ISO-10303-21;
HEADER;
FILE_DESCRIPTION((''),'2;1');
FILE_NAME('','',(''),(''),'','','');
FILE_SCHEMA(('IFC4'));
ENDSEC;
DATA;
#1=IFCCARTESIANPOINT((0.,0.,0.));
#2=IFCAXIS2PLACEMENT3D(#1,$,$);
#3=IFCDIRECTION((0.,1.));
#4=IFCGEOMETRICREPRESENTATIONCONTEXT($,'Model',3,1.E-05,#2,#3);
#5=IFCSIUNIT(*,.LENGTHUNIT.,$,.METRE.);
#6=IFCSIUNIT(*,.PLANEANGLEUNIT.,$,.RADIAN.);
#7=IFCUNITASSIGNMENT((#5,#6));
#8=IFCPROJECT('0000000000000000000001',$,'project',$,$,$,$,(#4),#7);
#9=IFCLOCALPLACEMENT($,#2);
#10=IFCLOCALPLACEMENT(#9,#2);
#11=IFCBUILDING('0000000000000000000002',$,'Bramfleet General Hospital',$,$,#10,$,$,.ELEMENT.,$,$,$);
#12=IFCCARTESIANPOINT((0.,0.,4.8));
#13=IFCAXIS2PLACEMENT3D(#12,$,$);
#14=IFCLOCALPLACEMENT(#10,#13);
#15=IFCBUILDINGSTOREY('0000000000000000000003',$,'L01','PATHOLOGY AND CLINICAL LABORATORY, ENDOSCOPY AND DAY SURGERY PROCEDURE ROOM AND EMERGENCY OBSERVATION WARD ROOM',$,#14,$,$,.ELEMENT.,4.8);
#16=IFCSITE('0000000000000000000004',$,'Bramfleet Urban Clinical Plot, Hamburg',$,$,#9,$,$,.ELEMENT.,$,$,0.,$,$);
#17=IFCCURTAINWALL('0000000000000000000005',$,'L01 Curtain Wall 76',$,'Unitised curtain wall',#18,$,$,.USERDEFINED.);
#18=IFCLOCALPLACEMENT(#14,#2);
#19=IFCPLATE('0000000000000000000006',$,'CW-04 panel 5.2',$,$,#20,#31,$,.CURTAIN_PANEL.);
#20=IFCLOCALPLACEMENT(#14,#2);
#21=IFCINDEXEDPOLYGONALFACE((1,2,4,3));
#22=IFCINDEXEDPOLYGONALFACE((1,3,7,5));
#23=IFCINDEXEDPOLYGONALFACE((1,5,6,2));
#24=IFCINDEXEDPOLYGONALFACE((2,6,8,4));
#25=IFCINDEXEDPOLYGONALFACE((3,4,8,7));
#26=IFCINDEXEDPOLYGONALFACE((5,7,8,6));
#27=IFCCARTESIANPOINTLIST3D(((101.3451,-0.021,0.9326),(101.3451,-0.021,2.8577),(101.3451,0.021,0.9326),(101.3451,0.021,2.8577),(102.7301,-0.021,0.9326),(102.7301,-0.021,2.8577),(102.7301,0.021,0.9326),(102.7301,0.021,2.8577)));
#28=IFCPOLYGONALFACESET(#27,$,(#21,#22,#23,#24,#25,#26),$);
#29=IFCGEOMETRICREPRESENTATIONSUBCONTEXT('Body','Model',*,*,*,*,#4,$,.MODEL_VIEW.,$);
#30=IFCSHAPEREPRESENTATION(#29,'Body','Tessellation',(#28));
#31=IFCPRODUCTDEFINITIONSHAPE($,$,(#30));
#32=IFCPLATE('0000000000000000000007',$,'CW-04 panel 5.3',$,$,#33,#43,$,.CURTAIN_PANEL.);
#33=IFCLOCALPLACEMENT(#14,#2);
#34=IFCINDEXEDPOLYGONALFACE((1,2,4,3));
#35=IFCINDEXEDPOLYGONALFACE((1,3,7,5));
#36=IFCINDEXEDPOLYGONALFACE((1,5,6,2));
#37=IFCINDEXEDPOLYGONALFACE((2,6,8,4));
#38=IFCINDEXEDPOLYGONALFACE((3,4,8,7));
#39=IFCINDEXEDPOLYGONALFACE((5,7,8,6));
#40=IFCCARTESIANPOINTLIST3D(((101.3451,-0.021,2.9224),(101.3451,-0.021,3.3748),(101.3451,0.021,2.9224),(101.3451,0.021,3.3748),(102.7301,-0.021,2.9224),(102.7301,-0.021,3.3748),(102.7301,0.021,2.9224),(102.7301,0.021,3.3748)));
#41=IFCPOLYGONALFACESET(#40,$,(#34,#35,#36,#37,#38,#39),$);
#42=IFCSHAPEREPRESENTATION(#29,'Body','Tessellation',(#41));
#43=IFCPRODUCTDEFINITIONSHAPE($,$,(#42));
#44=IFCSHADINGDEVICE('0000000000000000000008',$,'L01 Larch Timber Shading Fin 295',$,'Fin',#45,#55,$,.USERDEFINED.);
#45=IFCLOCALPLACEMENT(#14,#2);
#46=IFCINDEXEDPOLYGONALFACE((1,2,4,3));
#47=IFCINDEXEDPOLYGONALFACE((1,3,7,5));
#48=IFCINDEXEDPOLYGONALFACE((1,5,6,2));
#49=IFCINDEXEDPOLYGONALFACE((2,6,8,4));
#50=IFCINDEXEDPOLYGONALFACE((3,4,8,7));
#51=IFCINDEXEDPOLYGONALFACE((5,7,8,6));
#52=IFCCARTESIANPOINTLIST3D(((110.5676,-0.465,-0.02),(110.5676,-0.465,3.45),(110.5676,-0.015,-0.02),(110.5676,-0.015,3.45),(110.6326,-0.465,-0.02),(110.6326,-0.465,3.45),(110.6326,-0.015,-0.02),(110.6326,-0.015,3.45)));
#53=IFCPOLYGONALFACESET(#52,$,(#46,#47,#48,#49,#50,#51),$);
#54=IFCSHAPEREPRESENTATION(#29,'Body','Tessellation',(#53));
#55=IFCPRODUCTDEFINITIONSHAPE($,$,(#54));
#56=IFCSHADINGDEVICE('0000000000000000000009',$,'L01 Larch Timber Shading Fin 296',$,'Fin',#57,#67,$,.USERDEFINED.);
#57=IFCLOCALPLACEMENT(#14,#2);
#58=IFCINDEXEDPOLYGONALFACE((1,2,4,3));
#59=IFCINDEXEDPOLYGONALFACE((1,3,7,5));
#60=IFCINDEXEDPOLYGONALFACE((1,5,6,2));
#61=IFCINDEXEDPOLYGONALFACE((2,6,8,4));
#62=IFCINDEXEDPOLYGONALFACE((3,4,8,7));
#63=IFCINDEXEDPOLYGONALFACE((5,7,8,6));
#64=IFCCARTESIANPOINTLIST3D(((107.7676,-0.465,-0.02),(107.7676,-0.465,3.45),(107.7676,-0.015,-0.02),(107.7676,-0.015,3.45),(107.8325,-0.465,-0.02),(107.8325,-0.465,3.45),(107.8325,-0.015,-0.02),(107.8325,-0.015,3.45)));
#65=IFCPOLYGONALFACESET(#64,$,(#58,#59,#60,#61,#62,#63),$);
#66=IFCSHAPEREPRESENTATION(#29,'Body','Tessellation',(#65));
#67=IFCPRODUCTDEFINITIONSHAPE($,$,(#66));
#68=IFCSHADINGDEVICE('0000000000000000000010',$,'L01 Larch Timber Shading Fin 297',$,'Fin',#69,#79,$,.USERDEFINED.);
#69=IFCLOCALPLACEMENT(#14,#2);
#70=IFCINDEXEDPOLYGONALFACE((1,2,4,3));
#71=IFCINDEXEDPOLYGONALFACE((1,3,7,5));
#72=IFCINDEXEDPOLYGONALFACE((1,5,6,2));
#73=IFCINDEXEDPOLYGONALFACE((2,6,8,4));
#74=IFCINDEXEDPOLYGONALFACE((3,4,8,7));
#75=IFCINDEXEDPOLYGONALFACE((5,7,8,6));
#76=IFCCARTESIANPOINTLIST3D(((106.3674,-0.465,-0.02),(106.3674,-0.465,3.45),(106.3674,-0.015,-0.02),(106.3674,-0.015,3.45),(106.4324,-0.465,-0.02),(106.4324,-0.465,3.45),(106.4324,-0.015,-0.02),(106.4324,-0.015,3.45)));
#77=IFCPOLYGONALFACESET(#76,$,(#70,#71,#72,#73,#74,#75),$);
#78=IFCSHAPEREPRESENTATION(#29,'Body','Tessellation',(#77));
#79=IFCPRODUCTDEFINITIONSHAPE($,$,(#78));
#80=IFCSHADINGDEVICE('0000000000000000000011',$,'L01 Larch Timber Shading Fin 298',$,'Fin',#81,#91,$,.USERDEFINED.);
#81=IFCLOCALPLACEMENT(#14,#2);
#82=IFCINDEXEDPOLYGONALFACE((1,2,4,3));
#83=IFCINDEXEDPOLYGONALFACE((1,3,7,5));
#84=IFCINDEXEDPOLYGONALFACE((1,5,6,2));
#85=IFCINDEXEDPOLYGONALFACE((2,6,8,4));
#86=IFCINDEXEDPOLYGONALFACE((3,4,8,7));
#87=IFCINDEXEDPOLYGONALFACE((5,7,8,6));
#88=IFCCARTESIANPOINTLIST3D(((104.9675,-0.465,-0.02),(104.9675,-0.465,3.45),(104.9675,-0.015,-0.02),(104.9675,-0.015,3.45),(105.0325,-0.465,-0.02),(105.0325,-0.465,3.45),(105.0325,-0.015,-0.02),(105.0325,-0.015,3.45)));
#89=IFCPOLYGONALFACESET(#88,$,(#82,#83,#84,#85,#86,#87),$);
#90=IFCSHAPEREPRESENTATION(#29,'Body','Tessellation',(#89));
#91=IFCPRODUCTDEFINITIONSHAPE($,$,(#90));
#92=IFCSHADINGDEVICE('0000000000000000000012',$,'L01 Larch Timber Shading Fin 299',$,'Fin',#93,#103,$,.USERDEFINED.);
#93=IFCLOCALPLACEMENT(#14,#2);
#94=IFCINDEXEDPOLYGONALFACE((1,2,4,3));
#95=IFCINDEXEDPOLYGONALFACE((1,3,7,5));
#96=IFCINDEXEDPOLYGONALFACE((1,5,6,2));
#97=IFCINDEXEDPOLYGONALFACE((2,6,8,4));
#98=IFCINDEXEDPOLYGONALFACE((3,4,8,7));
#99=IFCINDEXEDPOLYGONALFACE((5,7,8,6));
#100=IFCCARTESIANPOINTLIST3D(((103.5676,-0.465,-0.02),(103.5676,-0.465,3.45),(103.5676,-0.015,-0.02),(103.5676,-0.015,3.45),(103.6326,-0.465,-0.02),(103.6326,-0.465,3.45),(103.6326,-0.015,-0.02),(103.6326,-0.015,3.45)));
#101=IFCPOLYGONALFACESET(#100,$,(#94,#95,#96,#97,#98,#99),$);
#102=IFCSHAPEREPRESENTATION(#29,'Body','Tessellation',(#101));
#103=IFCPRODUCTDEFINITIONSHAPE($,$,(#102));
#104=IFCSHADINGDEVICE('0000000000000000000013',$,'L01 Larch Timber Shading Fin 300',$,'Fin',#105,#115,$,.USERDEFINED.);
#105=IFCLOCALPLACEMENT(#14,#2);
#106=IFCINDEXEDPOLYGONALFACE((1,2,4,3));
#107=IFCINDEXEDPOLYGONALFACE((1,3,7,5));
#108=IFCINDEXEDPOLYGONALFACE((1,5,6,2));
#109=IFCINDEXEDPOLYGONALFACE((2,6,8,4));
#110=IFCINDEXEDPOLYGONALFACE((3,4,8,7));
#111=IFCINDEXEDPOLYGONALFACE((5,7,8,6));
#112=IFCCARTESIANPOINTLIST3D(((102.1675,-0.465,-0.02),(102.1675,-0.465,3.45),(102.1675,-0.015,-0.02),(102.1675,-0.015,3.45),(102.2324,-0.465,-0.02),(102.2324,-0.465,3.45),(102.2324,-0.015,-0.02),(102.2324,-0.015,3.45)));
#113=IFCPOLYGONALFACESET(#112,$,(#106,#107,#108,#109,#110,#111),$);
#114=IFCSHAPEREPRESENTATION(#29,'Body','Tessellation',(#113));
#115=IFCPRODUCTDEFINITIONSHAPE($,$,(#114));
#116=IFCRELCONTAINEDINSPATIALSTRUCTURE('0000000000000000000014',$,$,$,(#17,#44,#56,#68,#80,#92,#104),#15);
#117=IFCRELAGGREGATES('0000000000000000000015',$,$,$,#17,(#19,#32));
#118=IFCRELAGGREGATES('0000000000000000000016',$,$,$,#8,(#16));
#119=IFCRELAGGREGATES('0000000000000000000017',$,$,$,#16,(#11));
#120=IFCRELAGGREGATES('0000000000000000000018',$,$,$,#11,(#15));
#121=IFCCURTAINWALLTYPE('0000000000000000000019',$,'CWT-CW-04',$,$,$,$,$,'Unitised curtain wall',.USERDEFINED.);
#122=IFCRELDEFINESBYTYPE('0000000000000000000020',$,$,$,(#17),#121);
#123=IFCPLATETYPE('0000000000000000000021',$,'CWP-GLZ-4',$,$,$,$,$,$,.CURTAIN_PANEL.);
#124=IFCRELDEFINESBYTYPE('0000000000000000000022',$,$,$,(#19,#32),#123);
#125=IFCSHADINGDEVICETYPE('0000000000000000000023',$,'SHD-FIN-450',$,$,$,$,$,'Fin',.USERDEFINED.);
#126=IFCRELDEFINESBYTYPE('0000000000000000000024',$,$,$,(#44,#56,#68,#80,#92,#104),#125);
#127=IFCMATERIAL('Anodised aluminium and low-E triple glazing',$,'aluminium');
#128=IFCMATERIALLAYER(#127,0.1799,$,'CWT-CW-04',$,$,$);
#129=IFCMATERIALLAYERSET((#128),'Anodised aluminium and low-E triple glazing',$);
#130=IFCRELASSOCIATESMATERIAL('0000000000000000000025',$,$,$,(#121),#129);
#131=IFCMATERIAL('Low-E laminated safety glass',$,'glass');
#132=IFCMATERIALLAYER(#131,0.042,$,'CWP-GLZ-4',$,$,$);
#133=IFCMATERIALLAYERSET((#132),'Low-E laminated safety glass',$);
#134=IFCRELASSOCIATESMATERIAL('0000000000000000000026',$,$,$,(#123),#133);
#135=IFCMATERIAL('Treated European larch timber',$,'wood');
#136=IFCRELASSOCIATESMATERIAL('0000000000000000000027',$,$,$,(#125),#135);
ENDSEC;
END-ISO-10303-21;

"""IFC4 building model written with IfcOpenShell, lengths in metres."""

from ifc_helpers import new_model, si_unit, direction, frame, origin, origin_2d, place, context, subcontext, project, spatial, rectangle, extrude, material, layer, layer_set, material_profile, profile_set, type_object, element, aggregate, save


model = new_model("IFC4")

# Units and contexts
model_context = context("Model", 3, precision=1e-05, world=origin(), true_north=direction((0.0, 1.0)))
body_context = subcontext(model_context, "Body", "Model", "MODEL_VIEW")
ifc_project = project(units=[si_unit("LENGTHUNIT", "METRE"), si_unit("PLANEANGLEUNIT", "RADIAN")], contexts=[model_context])

# Site, building, storey
site_placement = place(None, origin())
site = spatial("IfcSite", under=ifc_project, at=site_placement, Name="Bramfleet Urban Clinical Plot, Hamburg", CompositionType="ELEMENT", RefElevation=0.0)
building_placement = place(site_placement, origin())
building = spatial("IfcBuilding", under=site, at=building_placement, Name="Bramfleet General Hospital", CompositionType="ELEMENT")
storey_placement = place(building_placement, frame((0.0, 0.0, 4.8)))
storey = spatial("IfcBuildingStorey", under=building, at=storey_placement, Name="L01", Description="PATHOLOGY AND CLINICAL LABORATORY, ENDOSCOPY AND DAY SURGERY PROCEDURE ROOM AND EMERGENCY OBSERVATION WARD ROOM", CompositionType="ELEMENT", Elevation=4.8)

# Curtain wall, plates
ifc_material_1 = material(Name="Anodised aluminium and low-E triple glazing", Category="aluminium")
ifc_layer_1 = layer(ifc_material_1, 0.1799, Name="CWT-CW-04")
ifc_layer_set_1 = layer_set([ifc_layer_1], Name="Anodised aluminium and low-E triple glazing")
curtain_wall_type = type_object("IfcCurtainWallType", Name="CWT-CW-04", ElementType="Unitised curtain wall", PredefinedType="USERDEFINED", material=ifc_layer_set_1)
curtain_wall_placement = place(storey_placement, origin())
curtain_wall = element("IfcCurtainWall", 1, at=curtain_wall_placement, inside=storey, type_object=curtain_wall_type, Name="L01 Curtain Wall 76", ObjectType="Unitised curtain wall", PredefinedType="USERDEFINED")
ifc_material_2 = material(Name="Low-E laminated safety glass", Category="glass")
ifc_layer_2 = layer(ifc_material_2, 0.042, Name="CWP-GLZ-4")
ifc_layer_set_2 = layer_set([ifc_layer_2], Name="Low-E laminated safety glass")
plate_type = type_object("IfcPlateType", Name="CWP-GLZ-4", PredefinedType="CURTAIN_PANEL", material=ifc_layer_set_2)
plate_1_placement = place(storey_placement, frame((102.0376, 0.0, 0.9326), z_axis=(0.0, 0.0, 1.0), x_axis=(-1.0, 0.0, 0.0)))
plate_1 = element("IfcPlate", 2, at=plate_1_placement, type_object=plate_type, Name="CW-04 panel 5.2", PredefinedType="CURTAIN_PANEL", context=body_context, shape_type="SweptSolid", body=[
    extrude(rectangle(XDim=1.385, YDim=0.042, at=origin_2d()), origin(), (0.0, 0.0, 1.0), 1.925),
])
plate_2_placement = place(storey_placement, frame((102.0376, 0.0, 2.9224), z_axis=(0.0, 0.0, 1.0), x_axis=(-1.0, 0.0, 0.0)))
plate_2 = element("IfcPlate", 3, at=plate_2_placement, type_object=plate_type, Name="CW-04 panel 5.3", PredefinedType="CURTAIN_PANEL", context=body_context, shape_type="SweptSolid", body=[
    extrude(rectangle(XDim=1.385, YDim=0.042, at=origin_2d()), origin(), (0.0, 0.0, 1.0), 0.4524),
])
aggregate(curtain_wall, [plate_1, plate_2])

# Shading devices
ifc_material_3 = material(Name="Treated European larch timber", Category="wood")
ifc_material_profile_1 = material_profile(ifc_material_3, rectangle(XDim=0.0649, YDim=0.45, at=origin_2d()), Name="LARCH FIN 450x65")
ifc_profile_set_1 = profile_set([ifc_material_profile_1], Name="Treated European larch timber")
shading_device_type = type_object("IfcShadingDeviceType", Name="SHD-FIN-450", ElementType="Fin", PredefinedType="USERDEFINED", material=ifc_profile_set_1)
for number, where, z_axis, x_axis, name in (
    (4, (110.6001, -0.24, -0.02), (0.0, 0.0, 1.0), (-1.0, 0.0, 0.0), "L01 Larch Timber Shading Fin 295"),
    (5, (107.8, -0.24, -0.02), (0.0, 0.0, 1.0), (-1.0, 0.0, 0.0), "L01 Larch Timber Shading Fin 296"),
    (6, (106.3999, -0.24, -0.02), (0.0, 0.0, 1.0), (-1.0, 0.0, 0.0), "L01 Larch Timber Shading Fin 297"),
    (7, (105.0, -0.24, -0.02), (0.0, 0.0, 1.0), (-1.0, 0.0, 0.0), "L01 Larch Timber Shading Fin 298"),
    (8, (103.6001, -0.24, -0.02), (0.0, 0.0, 1.0), (-1.0, 0.0, 0.0), "L01 Larch Timber Shading Fin 299"),
    (9, (102.2, -0.24, -0.02), (0.0, 0.0, 1.0), (-1.0, 0.0, 0.0), "L01 Larch Timber Shading Fin 300"),
):
    element("IfcShadingDevice", number, at=place(storey_placement, frame(where, z_axis=z_axis, x_axis=x_axis)), inside=storey, type_object=shading_device_type, Name=name, ObjectType="Fin", PredefinedType="USERDEFINED", context=body_context, shape_type="SweptSolid", body=[
        extrude(rectangle(XDim=0.0649, YDim=0.45, at=origin_2d()), origin(), (0.0, 0.0, 1.0), 3.47),
    ])

save(model, "model.ifc")
